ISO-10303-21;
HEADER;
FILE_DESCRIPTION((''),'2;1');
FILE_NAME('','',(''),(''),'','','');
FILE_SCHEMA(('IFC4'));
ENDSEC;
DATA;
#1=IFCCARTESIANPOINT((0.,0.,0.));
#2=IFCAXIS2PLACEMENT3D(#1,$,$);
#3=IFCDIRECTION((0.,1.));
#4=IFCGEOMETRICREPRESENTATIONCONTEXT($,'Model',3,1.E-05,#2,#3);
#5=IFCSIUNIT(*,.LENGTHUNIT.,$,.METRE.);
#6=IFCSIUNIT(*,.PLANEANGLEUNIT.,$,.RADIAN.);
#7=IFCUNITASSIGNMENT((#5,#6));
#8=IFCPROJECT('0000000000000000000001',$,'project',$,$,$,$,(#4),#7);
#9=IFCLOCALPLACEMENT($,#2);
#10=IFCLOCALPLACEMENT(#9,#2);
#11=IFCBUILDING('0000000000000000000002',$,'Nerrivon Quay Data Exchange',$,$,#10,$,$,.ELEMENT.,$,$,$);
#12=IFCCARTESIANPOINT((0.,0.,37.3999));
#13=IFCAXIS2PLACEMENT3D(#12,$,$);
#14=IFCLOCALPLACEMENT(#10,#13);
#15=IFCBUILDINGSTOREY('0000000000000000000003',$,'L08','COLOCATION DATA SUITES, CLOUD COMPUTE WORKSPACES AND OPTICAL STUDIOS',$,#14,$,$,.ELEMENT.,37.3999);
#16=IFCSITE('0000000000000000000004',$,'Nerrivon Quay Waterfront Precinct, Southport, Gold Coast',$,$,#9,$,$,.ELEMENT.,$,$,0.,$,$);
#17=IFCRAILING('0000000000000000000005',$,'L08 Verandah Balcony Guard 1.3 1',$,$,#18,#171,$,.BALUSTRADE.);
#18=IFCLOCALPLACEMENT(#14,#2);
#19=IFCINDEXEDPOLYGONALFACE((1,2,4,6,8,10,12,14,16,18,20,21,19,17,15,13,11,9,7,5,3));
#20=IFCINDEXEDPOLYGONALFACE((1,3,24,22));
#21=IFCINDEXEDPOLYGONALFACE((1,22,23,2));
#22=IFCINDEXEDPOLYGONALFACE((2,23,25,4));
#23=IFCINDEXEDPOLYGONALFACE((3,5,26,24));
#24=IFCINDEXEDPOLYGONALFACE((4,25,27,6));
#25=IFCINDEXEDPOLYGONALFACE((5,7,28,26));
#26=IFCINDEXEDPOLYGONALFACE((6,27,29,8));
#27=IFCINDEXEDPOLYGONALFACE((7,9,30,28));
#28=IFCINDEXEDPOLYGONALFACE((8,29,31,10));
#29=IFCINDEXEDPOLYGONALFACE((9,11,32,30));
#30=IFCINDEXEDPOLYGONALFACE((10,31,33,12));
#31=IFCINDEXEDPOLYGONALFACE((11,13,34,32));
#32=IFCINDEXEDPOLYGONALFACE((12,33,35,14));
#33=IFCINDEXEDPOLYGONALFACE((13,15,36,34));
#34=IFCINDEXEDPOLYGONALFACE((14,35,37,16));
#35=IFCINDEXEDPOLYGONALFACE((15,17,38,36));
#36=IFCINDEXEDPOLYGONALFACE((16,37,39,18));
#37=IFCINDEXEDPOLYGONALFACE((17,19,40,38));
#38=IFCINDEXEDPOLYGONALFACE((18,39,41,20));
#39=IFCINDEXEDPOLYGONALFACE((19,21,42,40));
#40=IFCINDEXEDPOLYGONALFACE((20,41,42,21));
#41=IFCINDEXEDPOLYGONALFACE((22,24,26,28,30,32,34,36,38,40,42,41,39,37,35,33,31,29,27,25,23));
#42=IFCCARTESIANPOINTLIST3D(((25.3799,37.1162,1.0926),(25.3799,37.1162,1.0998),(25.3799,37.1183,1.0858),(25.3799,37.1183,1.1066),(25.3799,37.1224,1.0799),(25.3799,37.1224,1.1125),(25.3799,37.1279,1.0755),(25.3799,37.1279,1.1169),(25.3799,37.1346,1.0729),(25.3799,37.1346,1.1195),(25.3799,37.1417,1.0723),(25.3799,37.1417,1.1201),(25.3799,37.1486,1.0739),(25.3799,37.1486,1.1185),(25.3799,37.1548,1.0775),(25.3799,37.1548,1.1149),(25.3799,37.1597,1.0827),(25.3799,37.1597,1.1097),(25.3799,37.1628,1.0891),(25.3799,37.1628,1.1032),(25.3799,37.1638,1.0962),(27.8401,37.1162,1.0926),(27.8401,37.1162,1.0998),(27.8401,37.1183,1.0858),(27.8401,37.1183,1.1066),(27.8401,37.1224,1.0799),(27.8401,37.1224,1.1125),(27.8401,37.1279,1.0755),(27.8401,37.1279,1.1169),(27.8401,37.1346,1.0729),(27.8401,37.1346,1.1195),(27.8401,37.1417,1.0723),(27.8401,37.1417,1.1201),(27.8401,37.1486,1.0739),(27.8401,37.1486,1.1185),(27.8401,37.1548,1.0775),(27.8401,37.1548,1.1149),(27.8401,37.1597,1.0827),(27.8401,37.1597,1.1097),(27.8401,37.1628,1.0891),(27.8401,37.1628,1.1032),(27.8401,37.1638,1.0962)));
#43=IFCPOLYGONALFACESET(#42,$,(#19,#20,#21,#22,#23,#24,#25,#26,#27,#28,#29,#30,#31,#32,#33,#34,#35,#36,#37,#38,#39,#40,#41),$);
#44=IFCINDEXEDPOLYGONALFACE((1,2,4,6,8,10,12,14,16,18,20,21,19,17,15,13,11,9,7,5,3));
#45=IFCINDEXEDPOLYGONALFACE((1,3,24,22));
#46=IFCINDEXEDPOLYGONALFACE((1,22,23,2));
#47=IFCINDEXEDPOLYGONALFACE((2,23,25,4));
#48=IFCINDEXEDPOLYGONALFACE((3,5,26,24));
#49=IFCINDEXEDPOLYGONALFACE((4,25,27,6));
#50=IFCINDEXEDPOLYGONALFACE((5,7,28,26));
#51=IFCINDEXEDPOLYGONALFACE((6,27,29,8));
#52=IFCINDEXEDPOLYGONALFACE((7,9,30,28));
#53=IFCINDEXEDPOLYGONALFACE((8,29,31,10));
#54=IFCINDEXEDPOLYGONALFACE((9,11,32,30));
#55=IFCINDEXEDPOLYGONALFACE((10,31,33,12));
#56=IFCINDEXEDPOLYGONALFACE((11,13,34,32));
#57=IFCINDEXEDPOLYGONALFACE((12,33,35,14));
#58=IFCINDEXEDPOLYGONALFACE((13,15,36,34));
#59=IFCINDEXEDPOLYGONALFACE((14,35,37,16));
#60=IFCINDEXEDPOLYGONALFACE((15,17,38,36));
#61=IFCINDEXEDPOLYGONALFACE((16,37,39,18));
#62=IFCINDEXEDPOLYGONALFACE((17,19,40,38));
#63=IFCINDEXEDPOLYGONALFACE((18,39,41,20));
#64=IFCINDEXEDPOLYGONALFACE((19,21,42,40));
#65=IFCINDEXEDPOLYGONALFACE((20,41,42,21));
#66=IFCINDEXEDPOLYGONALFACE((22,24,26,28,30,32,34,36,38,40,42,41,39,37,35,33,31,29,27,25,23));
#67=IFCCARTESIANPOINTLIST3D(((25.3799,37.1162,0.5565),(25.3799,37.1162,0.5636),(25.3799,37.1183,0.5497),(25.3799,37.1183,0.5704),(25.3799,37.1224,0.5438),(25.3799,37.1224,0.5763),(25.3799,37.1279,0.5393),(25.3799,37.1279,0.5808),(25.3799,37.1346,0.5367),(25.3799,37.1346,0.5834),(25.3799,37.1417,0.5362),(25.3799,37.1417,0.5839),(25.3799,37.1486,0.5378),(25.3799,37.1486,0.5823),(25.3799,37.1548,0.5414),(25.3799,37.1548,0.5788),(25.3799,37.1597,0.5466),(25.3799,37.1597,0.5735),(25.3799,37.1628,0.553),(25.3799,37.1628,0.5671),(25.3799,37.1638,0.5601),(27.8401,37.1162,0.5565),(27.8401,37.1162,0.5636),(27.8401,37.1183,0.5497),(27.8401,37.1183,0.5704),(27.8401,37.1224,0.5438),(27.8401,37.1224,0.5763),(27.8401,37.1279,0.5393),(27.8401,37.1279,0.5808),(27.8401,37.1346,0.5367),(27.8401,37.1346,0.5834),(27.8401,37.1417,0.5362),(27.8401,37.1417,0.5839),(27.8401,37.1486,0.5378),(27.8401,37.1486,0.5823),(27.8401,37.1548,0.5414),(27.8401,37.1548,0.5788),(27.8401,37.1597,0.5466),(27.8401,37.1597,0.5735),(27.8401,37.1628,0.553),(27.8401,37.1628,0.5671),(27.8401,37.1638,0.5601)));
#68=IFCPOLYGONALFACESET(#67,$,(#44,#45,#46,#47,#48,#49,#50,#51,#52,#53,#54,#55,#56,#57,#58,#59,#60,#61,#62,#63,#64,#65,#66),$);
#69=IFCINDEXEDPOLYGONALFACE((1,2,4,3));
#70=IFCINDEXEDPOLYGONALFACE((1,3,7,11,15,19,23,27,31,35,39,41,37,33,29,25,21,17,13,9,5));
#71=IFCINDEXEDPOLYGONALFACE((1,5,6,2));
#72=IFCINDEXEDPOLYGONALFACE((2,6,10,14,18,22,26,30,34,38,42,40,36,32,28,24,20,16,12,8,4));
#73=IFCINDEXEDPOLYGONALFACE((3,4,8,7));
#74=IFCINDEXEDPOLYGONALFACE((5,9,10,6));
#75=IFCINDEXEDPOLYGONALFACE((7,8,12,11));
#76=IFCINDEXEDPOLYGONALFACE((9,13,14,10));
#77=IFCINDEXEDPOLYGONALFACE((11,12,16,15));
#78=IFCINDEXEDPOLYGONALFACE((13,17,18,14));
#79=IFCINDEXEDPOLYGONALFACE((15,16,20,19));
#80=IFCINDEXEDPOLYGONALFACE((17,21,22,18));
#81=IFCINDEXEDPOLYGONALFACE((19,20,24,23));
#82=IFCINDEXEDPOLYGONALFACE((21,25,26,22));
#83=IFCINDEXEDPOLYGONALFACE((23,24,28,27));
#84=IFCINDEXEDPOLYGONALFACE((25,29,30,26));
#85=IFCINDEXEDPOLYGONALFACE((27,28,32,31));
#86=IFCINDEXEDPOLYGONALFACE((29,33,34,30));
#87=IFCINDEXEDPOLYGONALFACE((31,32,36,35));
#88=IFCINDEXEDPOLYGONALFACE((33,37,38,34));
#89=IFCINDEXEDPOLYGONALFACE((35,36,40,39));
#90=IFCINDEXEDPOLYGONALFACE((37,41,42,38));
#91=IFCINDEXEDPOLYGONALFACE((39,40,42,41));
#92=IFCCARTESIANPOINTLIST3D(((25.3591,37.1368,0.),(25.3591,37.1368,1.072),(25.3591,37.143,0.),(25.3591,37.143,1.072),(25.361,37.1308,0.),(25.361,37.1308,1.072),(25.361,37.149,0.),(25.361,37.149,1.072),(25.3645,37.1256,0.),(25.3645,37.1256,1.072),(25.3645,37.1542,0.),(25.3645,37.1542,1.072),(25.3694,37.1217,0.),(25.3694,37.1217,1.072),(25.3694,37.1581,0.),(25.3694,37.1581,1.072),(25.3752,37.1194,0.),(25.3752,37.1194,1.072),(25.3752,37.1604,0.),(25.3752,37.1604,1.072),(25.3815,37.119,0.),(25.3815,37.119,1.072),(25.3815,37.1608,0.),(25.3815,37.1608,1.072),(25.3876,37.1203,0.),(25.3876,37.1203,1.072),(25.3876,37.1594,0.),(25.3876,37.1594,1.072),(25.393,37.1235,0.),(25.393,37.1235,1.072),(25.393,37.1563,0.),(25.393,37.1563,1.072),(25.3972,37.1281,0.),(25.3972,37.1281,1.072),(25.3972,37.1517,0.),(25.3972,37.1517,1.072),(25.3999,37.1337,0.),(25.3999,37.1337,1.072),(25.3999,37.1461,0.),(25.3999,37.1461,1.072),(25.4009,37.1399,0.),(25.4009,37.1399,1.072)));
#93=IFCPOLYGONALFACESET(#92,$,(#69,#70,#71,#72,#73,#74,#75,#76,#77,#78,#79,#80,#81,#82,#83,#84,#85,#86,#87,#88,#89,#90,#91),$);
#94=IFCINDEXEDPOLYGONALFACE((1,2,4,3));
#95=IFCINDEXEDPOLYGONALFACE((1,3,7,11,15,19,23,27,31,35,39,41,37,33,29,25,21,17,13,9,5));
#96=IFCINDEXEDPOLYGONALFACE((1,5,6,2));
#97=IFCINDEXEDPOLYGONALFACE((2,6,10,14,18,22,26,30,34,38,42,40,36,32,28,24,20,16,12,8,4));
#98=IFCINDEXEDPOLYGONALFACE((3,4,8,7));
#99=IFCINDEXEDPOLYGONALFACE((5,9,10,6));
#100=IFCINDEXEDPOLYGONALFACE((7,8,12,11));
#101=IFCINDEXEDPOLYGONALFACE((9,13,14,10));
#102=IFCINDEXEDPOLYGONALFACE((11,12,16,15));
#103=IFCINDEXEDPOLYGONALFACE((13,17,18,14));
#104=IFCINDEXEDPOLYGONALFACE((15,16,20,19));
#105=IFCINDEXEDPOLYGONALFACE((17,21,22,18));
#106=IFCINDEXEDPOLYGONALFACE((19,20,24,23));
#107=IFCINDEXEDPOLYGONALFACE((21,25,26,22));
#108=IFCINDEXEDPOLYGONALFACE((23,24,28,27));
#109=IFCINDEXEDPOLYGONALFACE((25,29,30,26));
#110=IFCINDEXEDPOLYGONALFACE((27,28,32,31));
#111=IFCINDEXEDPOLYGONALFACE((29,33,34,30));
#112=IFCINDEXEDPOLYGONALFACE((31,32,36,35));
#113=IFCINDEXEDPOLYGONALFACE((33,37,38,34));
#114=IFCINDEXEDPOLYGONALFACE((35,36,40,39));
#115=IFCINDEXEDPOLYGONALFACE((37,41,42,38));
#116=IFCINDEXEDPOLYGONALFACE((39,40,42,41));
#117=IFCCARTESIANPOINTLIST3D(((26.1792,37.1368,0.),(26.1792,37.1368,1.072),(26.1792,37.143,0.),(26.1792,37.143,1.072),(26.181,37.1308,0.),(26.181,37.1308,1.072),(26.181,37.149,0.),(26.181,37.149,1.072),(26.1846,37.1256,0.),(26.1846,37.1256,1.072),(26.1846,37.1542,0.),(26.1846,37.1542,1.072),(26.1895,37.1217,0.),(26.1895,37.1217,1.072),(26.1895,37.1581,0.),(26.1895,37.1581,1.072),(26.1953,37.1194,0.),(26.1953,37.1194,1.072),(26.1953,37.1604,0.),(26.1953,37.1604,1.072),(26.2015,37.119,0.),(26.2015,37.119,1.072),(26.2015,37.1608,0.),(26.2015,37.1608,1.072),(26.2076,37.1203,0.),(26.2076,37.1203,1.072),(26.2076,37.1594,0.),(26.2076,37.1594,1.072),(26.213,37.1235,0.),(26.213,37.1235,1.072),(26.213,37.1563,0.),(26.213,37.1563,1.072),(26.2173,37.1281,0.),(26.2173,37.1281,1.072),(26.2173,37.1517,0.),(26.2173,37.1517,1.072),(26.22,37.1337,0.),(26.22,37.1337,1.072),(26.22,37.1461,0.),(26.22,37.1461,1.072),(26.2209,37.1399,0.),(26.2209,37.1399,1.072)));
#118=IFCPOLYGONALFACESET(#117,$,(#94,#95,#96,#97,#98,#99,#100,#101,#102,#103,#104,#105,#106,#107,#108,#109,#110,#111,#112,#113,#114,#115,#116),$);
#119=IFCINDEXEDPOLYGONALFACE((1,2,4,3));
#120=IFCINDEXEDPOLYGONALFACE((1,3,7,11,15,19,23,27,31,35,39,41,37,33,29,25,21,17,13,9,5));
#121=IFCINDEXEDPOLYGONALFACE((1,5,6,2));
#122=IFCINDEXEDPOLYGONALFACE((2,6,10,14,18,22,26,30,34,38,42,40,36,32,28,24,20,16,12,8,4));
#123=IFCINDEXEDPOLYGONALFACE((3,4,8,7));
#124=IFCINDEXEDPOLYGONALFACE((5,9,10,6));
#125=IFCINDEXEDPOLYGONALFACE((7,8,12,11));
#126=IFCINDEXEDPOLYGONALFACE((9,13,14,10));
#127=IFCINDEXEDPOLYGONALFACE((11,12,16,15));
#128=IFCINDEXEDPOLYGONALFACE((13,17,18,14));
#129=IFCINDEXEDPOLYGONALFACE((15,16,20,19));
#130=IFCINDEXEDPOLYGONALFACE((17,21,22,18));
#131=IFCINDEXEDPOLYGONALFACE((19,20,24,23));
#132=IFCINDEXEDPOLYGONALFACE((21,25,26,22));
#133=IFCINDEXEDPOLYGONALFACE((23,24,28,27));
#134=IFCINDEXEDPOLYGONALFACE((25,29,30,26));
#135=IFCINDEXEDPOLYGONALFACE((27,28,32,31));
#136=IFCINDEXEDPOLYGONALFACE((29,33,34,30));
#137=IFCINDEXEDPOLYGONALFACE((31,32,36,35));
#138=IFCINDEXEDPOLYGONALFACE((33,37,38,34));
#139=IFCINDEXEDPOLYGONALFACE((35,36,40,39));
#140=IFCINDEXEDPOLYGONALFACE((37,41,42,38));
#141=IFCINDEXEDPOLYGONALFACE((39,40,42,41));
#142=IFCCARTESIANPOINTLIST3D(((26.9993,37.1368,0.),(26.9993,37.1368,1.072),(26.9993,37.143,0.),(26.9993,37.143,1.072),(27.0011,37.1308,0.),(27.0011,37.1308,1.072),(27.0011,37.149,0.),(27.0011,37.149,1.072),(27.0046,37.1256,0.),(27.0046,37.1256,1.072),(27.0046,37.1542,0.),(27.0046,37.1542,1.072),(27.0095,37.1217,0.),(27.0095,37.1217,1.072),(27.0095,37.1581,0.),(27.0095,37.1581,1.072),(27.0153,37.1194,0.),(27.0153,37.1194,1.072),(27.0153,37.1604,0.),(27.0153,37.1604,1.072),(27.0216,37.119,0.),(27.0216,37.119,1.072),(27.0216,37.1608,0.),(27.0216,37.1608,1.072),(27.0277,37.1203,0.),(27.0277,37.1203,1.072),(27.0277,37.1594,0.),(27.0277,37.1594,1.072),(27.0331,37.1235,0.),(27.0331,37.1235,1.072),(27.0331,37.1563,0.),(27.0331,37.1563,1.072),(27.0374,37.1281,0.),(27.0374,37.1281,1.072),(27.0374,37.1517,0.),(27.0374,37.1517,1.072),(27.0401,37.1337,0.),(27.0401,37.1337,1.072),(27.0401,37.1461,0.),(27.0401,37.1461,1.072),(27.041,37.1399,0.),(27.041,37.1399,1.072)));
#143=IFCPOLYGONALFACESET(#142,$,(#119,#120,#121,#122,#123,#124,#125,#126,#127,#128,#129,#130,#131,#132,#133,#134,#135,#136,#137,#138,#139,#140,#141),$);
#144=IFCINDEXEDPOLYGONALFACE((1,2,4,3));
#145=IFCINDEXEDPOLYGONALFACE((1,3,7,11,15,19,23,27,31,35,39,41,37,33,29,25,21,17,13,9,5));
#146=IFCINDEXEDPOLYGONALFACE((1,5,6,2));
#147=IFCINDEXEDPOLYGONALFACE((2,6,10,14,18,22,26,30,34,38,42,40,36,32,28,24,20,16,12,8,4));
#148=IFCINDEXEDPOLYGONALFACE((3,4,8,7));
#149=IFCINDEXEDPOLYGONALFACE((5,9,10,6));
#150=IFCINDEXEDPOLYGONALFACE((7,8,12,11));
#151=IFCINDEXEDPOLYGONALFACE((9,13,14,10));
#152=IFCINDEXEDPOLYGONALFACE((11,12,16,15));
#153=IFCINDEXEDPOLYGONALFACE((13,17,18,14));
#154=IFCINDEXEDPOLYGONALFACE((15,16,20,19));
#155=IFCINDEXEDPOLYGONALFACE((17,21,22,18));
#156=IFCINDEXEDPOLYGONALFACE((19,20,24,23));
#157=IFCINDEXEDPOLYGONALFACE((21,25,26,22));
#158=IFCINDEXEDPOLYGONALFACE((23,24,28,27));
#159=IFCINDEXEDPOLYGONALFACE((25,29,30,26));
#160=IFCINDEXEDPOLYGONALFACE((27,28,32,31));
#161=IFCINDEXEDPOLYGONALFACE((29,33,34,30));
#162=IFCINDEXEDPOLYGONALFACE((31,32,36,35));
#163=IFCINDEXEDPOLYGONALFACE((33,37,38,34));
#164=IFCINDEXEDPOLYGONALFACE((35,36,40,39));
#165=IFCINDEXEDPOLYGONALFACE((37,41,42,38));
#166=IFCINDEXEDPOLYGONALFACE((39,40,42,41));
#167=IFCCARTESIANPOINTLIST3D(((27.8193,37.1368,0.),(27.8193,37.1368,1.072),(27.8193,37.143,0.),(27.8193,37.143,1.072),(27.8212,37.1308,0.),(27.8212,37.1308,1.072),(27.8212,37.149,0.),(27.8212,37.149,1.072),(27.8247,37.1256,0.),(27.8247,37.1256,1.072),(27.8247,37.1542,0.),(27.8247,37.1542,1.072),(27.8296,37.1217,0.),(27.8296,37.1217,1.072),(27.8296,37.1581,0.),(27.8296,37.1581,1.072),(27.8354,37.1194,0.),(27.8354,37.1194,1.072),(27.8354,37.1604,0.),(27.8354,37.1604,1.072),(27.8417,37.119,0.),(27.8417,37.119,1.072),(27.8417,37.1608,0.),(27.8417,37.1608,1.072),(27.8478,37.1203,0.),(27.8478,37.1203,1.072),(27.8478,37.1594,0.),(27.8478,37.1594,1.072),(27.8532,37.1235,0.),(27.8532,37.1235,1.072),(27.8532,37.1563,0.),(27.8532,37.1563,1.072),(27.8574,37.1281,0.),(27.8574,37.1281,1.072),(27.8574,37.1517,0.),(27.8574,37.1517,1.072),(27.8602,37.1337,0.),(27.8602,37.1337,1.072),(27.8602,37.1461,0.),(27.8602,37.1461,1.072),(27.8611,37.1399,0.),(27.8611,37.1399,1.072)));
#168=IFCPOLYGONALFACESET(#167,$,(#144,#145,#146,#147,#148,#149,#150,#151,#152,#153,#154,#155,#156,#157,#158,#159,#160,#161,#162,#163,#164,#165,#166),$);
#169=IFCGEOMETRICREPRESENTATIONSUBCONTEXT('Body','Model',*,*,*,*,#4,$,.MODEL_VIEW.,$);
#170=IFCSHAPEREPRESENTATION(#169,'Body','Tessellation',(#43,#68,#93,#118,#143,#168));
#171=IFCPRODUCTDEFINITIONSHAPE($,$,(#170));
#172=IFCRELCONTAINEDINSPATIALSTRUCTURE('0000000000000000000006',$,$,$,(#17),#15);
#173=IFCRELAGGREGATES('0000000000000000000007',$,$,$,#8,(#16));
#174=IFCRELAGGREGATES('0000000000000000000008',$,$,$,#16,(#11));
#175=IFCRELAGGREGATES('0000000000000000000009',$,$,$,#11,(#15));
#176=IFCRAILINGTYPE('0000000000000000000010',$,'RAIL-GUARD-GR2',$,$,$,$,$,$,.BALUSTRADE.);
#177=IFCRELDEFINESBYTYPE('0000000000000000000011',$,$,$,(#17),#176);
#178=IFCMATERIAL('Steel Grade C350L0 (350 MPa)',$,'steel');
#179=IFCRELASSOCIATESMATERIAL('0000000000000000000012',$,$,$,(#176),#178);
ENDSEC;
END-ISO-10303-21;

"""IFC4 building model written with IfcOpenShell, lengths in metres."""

from ifc_helpers import new_model, si_unit, direction, frame, origin, origin_2d, place, context, subcontext, project, spatial, circle, extrude, material, type_object, element, save


model = new_model("IFC4")

# Units and contexts
model_context = context("Model", 3, precision=1e-05, world=origin(), true_north=direction((0.0, 1.0)))
body_context = subcontext(model_context, "Body", "Model", "MODEL_VIEW")
ifc_project = project(units=[si_unit("LENGTHUNIT", "METRE"), si_unit("PLANEANGLEUNIT", "RADIAN")], contexts=[model_context])

# Site, building, storey
site_placement = place(None, origin())
site = spatial("IfcSite", under=ifc_project, at=site_placement, Name="Nerrivon Quay Waterfront Precinct, Southport, Gold Coast", CompositionType="ELEMENT", RefElevation=0.0)
building_placement = place(site_placement, origin())
building = spatial("IfcBuilding", under=site, at=building_placement, Name="Nerrivon Quay Data Exchange", CompositionType="ELEMENT")
storey_placement = place(building_placement, frame((0.0, 0.0, 37.3999)))
storey = spatial("IfcBuildingStorey", under=building, at=storey_placement, Name="L08", Description="COLOCATION DATA SUITES, CLOUD COMPUTE WORKSPACES AND OPTICAL STUDIOS", CompositionType="ELEMENT", Elevation=37.3999)

# Railing
ifc_material_1 = material(Name="Steel Grade C350L0 (350 MPa)", Category="steel")
railing_type = type_object("IfcRailingType", Name="RAIL-GUARD-GR2", PredefinedType="BALUSTRADE", material=ifc_material_1)
railing_1_placement = place(storey_placement, frame((25.3799, 37.1399, 0.0)))
element("IfcRailing", 1, at=railing_1_placement, inside=storey, type_object=railing_type, Name="L08 Verandah Balcony Guard 1.3 1", PredefinedType="BALUSTRADE", context=body_context, shape_type="SweptSolid", body=[
    extrude(circle(Radius=0.0239, at=origin_2d()), frame((0.0, 0.0, 1.0962), z_axis=(1.0, 0.0, 0.0), x_axis=(0.0, 1.0, 0.0)), (0.0, 0.0, 1.0), 2.4602),
    extrude(circle(Radius=0.0239, at=origin_2d()), frame((0.0, 0.0, 0.5601), z_axis=(1.0, 0.0, 0.0), x_axis=(0.0, 1.0, 0.0)), (0.0, 0.0, 1.0), 2.4602),
    extrude(circle(Radius=0.021, at=origin_2d()), origin(), (0.0, 0.0, 1.0), 1.072),
    extrude(circle(Radius=0.021, at=origin_2d()), frame((0.8201, 0.0, 0.0)), (0.0, 0.0, 1.0), 1.072),
    extrude(circle(Radius=0.021, at=origin_2d()), frame((1.6401, 0.0, 0.0)), (0.0, 0.0, 1.0), 1.072),
    extrude(circle(Radius=0.021, at=origin_2d()), frame((2.4602, 0.0, 0.0)), (0.0, 0.0, 1.0), 1.072),
])

save(model, "model.ifc")
